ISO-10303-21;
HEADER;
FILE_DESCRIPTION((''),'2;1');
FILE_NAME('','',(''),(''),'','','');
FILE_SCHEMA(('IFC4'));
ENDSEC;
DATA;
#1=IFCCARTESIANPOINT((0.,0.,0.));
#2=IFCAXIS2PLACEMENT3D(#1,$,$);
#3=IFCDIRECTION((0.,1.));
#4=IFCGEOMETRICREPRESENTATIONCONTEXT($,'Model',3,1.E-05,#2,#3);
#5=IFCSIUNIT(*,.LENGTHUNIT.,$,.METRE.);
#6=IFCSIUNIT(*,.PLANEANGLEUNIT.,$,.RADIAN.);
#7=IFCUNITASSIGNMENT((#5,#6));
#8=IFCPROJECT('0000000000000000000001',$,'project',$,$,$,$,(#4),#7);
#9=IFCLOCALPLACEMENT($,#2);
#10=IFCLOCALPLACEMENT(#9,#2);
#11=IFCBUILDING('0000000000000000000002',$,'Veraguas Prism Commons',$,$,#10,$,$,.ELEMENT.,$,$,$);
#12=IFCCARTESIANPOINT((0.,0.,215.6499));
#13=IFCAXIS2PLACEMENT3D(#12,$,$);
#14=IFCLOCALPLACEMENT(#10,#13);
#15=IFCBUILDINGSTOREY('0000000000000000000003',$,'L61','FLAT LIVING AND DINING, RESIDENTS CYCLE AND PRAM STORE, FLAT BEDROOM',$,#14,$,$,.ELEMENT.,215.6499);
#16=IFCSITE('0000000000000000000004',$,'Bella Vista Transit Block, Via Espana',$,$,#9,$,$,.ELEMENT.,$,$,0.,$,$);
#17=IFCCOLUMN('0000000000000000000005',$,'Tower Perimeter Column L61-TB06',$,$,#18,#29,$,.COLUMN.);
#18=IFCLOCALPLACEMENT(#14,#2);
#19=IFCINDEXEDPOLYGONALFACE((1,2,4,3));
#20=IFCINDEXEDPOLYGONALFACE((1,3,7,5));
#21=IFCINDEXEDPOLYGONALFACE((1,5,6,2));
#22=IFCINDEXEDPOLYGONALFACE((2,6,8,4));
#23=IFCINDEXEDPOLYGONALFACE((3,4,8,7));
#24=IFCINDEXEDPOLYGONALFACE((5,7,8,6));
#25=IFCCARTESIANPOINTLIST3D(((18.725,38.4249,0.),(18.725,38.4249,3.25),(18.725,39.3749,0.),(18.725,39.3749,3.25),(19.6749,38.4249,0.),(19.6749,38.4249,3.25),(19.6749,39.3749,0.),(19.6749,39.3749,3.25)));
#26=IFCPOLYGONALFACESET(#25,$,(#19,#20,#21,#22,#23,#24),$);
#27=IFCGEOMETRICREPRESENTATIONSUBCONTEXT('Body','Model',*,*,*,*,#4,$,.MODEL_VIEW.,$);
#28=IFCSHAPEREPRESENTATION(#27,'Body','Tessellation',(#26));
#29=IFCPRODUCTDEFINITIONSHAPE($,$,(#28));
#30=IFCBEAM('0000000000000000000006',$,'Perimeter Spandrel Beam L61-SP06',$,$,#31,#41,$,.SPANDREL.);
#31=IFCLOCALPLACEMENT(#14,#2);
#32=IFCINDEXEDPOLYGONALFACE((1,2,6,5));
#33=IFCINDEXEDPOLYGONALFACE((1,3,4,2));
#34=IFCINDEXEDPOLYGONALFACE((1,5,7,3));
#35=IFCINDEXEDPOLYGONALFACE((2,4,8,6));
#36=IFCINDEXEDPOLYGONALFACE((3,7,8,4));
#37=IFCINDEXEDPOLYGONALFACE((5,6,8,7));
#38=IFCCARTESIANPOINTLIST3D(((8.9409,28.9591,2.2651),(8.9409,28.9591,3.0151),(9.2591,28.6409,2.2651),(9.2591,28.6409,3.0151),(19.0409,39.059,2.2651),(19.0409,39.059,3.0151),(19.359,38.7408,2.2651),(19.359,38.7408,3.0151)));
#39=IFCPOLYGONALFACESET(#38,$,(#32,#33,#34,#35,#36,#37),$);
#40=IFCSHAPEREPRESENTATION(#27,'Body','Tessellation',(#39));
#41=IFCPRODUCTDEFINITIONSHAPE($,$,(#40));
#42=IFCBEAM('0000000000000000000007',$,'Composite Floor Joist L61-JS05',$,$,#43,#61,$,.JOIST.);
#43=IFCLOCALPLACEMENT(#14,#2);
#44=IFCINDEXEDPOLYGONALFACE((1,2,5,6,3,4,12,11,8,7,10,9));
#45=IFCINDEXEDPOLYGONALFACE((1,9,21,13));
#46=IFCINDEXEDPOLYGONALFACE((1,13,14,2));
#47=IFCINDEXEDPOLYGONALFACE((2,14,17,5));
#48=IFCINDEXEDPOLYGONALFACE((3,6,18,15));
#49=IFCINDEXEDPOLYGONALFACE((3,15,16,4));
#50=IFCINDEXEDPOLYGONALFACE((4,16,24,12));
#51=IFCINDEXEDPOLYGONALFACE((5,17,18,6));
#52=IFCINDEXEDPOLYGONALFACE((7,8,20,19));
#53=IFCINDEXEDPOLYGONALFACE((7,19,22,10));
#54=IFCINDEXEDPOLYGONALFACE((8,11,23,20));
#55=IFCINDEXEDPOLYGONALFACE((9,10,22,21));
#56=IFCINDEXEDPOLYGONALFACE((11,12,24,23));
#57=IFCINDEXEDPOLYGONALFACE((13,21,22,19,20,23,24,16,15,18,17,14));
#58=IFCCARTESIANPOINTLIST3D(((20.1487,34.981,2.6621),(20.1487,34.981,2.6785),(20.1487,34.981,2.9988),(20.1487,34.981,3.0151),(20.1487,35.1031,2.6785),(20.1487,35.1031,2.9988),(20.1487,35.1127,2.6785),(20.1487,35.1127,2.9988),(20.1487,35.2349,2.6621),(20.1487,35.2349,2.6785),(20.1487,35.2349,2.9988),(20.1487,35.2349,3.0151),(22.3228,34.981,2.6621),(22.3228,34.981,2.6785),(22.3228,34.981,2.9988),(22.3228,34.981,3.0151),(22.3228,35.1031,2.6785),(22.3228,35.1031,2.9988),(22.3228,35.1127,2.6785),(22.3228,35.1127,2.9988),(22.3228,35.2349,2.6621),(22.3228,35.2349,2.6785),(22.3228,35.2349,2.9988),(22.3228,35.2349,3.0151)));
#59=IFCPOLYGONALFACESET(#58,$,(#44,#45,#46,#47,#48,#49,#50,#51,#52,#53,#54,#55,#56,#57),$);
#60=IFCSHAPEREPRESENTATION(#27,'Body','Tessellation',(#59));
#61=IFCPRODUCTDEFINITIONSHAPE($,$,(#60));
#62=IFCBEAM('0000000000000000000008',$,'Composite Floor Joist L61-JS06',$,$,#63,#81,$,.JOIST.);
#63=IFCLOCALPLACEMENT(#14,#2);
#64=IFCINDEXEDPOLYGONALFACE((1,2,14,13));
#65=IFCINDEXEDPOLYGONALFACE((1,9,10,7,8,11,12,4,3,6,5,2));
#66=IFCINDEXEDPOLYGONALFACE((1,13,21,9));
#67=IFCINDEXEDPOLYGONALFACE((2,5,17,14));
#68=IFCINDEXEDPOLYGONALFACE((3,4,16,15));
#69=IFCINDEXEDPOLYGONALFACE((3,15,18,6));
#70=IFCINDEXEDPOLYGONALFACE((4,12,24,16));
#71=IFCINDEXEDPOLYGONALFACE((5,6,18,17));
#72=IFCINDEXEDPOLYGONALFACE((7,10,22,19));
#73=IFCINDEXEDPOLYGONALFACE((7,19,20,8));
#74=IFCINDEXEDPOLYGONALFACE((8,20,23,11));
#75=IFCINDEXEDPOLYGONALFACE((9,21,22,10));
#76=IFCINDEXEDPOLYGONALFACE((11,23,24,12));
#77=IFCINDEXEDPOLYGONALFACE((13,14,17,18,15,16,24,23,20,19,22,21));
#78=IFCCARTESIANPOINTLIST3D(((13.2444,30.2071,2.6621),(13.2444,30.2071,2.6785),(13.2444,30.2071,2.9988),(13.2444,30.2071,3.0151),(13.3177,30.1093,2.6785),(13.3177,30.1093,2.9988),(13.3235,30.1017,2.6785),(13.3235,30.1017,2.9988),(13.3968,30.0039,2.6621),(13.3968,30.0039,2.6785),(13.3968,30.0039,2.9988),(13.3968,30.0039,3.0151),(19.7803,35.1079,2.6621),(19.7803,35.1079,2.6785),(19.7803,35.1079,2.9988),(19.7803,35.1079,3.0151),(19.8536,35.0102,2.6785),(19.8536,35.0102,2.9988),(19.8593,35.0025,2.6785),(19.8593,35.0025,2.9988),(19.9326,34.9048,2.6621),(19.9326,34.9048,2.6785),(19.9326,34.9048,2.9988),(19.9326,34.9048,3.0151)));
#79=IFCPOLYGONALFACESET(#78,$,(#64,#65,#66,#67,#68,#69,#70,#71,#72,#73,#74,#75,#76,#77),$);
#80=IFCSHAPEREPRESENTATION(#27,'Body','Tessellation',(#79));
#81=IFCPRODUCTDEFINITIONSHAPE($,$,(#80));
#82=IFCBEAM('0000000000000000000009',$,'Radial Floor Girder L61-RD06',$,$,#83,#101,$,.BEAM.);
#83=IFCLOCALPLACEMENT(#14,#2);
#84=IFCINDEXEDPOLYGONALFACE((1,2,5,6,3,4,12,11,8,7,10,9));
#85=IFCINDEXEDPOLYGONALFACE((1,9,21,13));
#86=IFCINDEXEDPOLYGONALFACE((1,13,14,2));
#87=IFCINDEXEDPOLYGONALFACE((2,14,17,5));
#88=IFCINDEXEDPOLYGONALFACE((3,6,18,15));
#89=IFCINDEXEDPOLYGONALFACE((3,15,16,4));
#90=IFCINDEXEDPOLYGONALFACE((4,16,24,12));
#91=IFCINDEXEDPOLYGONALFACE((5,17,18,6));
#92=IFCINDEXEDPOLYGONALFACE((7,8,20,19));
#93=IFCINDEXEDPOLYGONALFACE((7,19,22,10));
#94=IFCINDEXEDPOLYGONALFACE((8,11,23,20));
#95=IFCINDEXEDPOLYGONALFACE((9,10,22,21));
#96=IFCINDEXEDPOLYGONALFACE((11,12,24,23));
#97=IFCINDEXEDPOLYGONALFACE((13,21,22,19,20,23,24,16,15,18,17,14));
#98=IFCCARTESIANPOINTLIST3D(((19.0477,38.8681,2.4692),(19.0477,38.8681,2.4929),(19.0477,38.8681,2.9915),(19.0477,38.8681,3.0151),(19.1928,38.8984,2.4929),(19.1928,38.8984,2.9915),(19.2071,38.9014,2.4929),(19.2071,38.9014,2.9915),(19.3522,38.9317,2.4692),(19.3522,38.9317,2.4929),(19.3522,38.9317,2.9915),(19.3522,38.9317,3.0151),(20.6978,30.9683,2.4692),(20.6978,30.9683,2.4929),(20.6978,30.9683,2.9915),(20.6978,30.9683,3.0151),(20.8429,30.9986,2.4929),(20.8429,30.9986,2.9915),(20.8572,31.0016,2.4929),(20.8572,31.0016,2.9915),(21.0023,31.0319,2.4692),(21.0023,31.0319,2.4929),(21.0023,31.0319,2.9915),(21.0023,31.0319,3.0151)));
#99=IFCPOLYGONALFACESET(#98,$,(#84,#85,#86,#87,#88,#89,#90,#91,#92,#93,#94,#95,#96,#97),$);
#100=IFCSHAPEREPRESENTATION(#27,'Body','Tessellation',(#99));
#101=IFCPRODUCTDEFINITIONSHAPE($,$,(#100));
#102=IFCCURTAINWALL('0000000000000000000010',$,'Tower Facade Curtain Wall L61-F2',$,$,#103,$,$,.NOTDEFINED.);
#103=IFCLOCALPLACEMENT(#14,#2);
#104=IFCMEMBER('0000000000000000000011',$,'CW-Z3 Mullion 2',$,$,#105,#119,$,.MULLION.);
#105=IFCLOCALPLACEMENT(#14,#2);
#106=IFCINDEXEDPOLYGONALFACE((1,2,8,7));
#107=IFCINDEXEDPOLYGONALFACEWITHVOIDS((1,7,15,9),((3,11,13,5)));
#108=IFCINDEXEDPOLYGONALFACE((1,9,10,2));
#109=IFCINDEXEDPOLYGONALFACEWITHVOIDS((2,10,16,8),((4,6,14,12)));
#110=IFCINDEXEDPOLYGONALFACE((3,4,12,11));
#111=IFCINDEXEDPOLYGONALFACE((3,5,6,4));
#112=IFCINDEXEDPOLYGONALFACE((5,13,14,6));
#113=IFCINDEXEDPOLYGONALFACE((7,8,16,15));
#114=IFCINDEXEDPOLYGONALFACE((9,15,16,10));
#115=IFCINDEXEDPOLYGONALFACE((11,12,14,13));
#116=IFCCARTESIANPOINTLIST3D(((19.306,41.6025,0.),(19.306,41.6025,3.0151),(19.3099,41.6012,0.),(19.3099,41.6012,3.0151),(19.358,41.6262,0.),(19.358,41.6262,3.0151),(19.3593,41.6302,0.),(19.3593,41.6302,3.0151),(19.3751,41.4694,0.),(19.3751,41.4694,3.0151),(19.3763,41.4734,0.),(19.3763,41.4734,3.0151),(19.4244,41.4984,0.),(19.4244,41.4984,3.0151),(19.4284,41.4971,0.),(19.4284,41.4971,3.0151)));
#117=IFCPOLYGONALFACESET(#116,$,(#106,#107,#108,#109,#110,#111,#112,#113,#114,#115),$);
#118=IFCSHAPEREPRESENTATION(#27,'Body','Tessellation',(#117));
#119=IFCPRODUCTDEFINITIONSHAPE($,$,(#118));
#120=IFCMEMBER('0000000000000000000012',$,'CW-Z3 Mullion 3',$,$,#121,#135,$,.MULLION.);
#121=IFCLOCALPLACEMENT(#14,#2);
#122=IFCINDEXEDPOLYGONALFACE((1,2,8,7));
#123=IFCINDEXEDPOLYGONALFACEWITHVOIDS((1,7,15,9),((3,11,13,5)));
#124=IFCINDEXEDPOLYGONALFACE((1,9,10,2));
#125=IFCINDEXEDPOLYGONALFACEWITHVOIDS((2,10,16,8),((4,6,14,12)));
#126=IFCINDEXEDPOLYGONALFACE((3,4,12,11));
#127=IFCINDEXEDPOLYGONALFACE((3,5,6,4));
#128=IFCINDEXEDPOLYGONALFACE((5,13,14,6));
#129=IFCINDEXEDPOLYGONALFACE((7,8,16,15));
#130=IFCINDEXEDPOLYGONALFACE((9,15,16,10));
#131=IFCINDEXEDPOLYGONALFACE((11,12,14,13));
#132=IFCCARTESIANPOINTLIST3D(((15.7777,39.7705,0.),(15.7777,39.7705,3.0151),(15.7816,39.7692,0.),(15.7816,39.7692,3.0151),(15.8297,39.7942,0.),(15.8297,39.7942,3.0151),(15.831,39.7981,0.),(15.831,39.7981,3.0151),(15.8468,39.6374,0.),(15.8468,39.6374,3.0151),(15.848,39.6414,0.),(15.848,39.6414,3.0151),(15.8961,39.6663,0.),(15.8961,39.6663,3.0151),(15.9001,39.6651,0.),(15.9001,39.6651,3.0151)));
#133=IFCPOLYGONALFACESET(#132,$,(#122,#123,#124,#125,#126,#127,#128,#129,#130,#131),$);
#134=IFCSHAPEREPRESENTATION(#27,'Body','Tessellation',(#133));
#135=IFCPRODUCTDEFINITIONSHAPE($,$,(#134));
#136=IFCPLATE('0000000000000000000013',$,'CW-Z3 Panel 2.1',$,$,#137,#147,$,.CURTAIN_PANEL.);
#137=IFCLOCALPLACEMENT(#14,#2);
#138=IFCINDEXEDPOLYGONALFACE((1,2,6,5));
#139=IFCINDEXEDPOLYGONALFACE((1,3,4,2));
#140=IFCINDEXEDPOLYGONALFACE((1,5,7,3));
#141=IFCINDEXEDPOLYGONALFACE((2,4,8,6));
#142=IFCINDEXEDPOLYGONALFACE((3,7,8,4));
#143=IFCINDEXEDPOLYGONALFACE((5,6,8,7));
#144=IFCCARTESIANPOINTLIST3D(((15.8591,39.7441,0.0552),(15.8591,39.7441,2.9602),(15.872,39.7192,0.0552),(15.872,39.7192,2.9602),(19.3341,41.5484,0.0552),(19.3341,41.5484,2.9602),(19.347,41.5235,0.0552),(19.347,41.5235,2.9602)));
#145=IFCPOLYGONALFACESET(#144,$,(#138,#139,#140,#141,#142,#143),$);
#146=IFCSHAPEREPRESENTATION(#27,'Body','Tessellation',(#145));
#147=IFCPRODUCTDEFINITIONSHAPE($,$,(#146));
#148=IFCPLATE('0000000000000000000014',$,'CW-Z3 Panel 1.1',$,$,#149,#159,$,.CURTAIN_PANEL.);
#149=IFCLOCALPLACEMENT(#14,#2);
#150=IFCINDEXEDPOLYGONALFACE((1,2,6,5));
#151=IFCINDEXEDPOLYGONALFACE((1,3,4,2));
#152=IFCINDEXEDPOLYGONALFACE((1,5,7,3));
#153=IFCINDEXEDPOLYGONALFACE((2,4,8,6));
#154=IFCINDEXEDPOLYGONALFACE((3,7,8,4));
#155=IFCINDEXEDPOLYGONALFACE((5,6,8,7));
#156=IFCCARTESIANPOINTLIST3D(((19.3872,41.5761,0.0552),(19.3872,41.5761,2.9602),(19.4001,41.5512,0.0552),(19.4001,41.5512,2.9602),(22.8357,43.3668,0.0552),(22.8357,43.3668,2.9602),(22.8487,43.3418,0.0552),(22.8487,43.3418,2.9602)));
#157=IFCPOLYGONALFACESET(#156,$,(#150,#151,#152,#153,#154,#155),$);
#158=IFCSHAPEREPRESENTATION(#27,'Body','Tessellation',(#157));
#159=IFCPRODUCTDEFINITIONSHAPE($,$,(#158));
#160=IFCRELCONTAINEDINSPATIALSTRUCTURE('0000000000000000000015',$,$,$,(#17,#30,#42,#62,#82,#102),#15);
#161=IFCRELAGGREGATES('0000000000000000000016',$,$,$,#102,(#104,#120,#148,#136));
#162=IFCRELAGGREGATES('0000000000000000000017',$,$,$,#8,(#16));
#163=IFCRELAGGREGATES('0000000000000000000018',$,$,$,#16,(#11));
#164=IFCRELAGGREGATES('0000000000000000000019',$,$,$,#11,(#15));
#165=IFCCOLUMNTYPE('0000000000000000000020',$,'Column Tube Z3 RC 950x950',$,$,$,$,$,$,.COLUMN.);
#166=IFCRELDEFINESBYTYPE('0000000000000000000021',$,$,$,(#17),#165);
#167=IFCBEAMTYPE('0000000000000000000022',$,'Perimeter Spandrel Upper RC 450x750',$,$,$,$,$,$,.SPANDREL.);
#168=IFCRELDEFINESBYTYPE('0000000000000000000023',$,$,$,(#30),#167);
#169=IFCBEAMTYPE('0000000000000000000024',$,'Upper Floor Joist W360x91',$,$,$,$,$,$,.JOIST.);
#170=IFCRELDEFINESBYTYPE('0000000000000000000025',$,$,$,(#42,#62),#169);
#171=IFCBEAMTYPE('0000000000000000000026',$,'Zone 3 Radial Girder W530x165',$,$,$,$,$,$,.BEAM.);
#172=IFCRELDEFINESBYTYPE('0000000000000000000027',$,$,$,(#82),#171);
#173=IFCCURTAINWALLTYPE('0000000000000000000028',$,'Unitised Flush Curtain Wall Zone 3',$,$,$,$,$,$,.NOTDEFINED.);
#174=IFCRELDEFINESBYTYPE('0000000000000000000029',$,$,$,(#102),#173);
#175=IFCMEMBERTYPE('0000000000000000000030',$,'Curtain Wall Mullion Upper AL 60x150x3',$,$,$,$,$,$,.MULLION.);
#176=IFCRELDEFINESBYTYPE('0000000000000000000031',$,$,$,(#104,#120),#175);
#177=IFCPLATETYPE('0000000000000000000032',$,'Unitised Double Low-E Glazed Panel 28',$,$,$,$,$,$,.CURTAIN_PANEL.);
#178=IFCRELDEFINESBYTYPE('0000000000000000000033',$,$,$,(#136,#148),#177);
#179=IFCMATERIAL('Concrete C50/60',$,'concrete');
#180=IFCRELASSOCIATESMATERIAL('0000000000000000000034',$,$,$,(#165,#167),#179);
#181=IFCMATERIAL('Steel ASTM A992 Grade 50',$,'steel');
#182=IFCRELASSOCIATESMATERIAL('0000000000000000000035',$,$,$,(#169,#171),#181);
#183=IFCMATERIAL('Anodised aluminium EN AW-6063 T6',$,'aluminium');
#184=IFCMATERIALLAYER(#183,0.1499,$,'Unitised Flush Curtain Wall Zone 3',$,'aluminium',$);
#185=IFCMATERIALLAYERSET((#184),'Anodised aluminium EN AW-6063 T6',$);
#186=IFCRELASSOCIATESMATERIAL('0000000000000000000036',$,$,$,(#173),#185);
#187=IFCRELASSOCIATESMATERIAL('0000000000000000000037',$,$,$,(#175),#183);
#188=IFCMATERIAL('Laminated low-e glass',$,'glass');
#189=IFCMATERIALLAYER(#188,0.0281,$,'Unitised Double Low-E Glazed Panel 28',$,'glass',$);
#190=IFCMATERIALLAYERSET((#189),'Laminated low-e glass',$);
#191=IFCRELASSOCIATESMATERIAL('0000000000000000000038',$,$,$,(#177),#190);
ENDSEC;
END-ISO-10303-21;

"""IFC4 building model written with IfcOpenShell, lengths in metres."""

from ifc_helpers import new_model, si_unit, direction, frame, origin, origin_2d, place, context, subcontext, project, spatial, rectangle, hollow_rectangle, i_section, extrude, source, transform, mapped, material, layer, layer_set, material_profile, profile_set, type_object, element, aggregate, save


model = new_model("IFC4")

# Units and contexts
model_context = context("Model", 3, precision=1e-05, world=origin(), true_north=direction((0.0, 1.0)))
body_context = subcontext(model_context, "Body", "Model", "MODEL_VIEW")
ifc_project = project(units=[si_unit("LENGTHUNIT", "METRE"), si_unit("PLANEANGLEUNIT", "RADIAN")], contexts=[model_context])

# Site, building, storey
site_placement = place(None, origin())
site = spatial("IfcSite", under=ifc_project, at=site_placement, Name="Bella Vista Transit Block, Via Espana", CompositionType="ELEMENT", RefElevation=0.0)
building_placement = place(site_placement, origin())
building = spatial("IfcBuilding", under=site, at=building_placement, Name="Veraguas Prism Commons", CompositionType="ELEMENT")
storey_placement = place(building_placement, frame((0.0, 0.0, 215.6499)))
storey = spatial("IfcBuildingStorey", under=building, at=storey_placement, Name="L61", Description="FLAT LIVING AND DINING, RESIDENTS CYCLE AND PRAM STORE, FLAT BEDROOM", CompositionType="ELEMENT", Elevation=215.6499)

# Column
ifc_material_1 = material(Name="Concrete C50/60", Category="concrete")
ifc_material_profile_1 = material_profile(ifc_material_1, rectangle(XDim=0.95, YDim=0.95, at=origin_2d()), Name="RC950X950")
ifc_profile_set_1 = profile_set([ifc_material_profile_1], Name="Concrete C50/60")
column_type = type_object("IfcColumnType", Name="Column Tube Z3 RC 950x950", PredefinedType="COLUMN", material=ifc_profile_set_1)
column_placement = place(storey_placement, frame((19.2, 38.8999, 0.0), z_axis=(0.0, 0.0, 1.0), x_axis=(1.0, 0.0, 0.0)))
element("IfcColumn", 1, at=column_placement, inside=storey, type_object=column_type, Name="Tower Perimeter Column L61-TB06", PredefinedType="COLUMN", context=body_context, shape_type="SweptSolid", body=[
    extrude(rectangle(XDim=0.95, YDim=0.95, at=origin_2d()), origin(), (0.0, 0.0, 1.0), 3.25),
])

# Beams
ifc_material_profile_2 = material_profile(ifc_material_1, rectangle(XDim=0.45, YDim=0.75, at=origin_2d()), Name="RC450X750")
ifc_profile_set_2 = profile_set([ifc_material_profile_2], Name="Concrete C50/60")
beam_type_1 = type_object("IfcBeamType", Name="Perimeter Spandrel Upper RC 450x750", PredefinedType="SPANDREL", material=ifc_profile_set_2)
beam_1_placement = place(storey_placement, frame((19.2, 38.8999, 2.6401), z_axis=(-0.707107, -0.707107, 0.0), x_axis=(0.707107, -0.707107, 0.0)))
element("IfcBeam", 2, at=beam_1_placement, inside=storey, type_object=beam_type_1, Name="Perimeter Spandrel Beam L61-SP06", PredefinedType="SPANDREL", context=body_context, shape_type="SweptSolid", body=[
    extrude(rectangle(XDim=0.45, YDim=0.75, at=origin_2d()), origin(), (0.0, 0.0, 1.0), 14.2834),
])
ifc_material_2 = material(Name="Steel ASTM A992 Grade 50", Category="steel")
ifc_material_profile_3 = material_profile(ifc_material_2, i_section(OverallWidth=0.2539, OverallDepth=0.353, WebThickness=0.0095, FlangeThickness=0.0164, at=origin_2d()), Name="W360X91")
ifc_profile_set_3 = profile_set([ifc_material_profile_3], Name="Steel ASTM A992 Grade 50")
beam_type_2 = type_object("IfcBeamType", Name="Upper Floor Joist W360x91", PredefinedType="JOIST", material=ifc_profile_set_3)
beam_2_placement = place(storey_placement, frame((22.3228, 35.1079, 2.8386), z_axis=(-1.0, 0.0, 0.0), x_axis=(0.0, -1.0, 0.0)))
element("IfcBeam", 3, at=beam_2_placement, inside=storey, type_object=beam_type_2, Name="Composite Floor Joist L61-JS05", PredefinedType="JOIST", context=body_context, shape_type="SweptSolid", body=[
    extrude(i_section(OverallWidth=0.2539, OverallDepth=0.353, WebThickness=0.0095, FlangeThickness=0.0164, at=origin_2d()), origin(), (0.0, 0.0, 1.0), 2.1741),
])
beam_3_placement = place(storey_placement, frame((19.8564, 35.0063, 2.8386), z_axis=(-0.800061, -0.599919, 0.0), x_axis=(0.599919, -0.800061, 0.0)))
element("IfcBeam", 4, at=beam_3_placement, inside=storey, type_object=beam_type_2, Name="Composite Floor Joist L61-JS06", PredefinedType="JOIST", context=body_context, shape_type="SweptSolid", body=[
    extrude(i_section(OverallWidth=0.2539, OverallDepth=0.353, WebThickness=0.0095, FlangeThickness=0.0164, at=origin_2d()), origin(), (0.0, 0.0, 1.0), 8.1692),
])
ifc_material_profile_4 = material_profile(ifc_material_2, i_section(OverallWidth=0.311, OverallDepth=0.5459, WebThickness=0.0146, FlangeThickness=0.0237, at=origin_2d()), Name="W530X165")
ifc_profile_set_4 = profile_set([ifc_material_profile_4], Name="Steel ASTM A992 Grade 50")
beam_type_3 = type_object("IfcBeamType", Name="Zone 3 Radial Girder W530x165", PredefinedType="BEAM", material=ifc_profile_set_4)
beam_4_placement = place(storey_placement, frame((19.2, 38.8999, 2.7422), z_axis=(0.204469, -0.978873, 0.0), x_axis=(0.978873, 0.204469, 0.0)))
element("IfcBeam", 5, at=beam_4_placement, inside=storey, type_object=beam_type_3, Name="Radial Floor Girder L61-RD06", PredefinedType="BEAM", context=body_context, shape_type="SweptSolid", body=[
    extrude(i_section(OverallWidth=0.311, OverallDepth=0.5459, WebThickness=0.0146, FlangeThickness=0.0237, at=origin_2d()), origin(), (0.0, 0.0, 1.0), 8.0703),
])

# Curtain wall, members, plates
ifc_material_3 = material(Name="Anodised aluminium EN AW-6063 T6", Category="aluminium")
ifc_layer_1 = layer(ifc_material_3, 0.1499, Name="Unitised Flush Curtain Wall Zone 3", Category="aluminium")
ifc_layer_set_1 = layer_set([ifc_layer_1], Name="Anodised aluminium EN AW-6063 T6")
curtain_wall_type = type_object("IfcCurtainWallType", Name="Unitised Flush Curtain Wall Zone 3", PredefinedType="NOTDEFINED", material=ifc_layer_set_1)
curtain_wall_placement = place(storey_placement, origin())
curtain_wall = element("IfcCurtainWall", 6, at=curtain_wall_placement, inside=storey, type_object=curtain_wall_type, Name="Tower Facade Curtain Wall L61-F2", PredefinedType="NOTDEFINED")
ifc_material_profile_5 = material_profile(ifc_material_3, hollow_rectangle(XDim=0.0601, YDim=0.1499, WallThickness=0.0029, at=origin_2d()), Name="AL60X150X3")
ifc_profile_set_5 = profile_set([ifc_material_profile_5], Name="Anodised aluminium EN AW-6063 T6")
member_type = type_object("IfcMemberType", Name="Curtain Wall Mullion Upper AL 60x150x3", PredefinedType="MULLION", material=ifc_profile_set_5)
shared_shape_1 = source(origin(), body_context, "Body", "SweptSolid", [
    extrude(hollow_rectangle(XDim=0.0601, YDim=0.1499, WallThickness=0.0029, at=origin_2d()), origin(), (0.0, 0.0, 1.0), 3.0151),
])
member_1_placement = place(storey_placement, frame((19.3672, 41.5498, 0.0), z_axis=(0.0, 0.0, 1.0), x_axis=(-0.887494, -0.460819, 0.0)))
member_1 = element("IfcMember", 7, at=member_1_placement, type_object=member_type, Name="CW-Z3 Mullion 2", PredefinedType="MULLION", context=body_context, shape_type="MappedRepresentation", body=[
    mapped(shared_shape_1, transform((0.0, 0.0, 0.0), scale=1.0)),
])
member_2_placement = place(storey_placement, frame((15.8389, 39.7178, 0.0), z_axis=(0.0, 0.0, 1.0), x_axis=(-0.887494, -0.460819, 0.0)))
member_2 = element("IfcMember", 8, at=member_2_placement, type_object=member_type, Name="CW-Z3 Mullion 3", PredefinedType="MULLION", context=body_context, shape_type="MappedRepresentation", body=[
    mapped(shared_shape_1, transform((0.0, 0.0, 0.0), scale=1.0)),
])
ifc_material_4 = material(Name="Laminated low-e glass", Category="glass")
ifc_layer_2 = layer(ifc_material_4, 0.0281, Name="Unitised Double Low-E Glazed Panel 28", Category="glass")
ifc_layer_set_2 = layer_set([ifc_layer_2], Name="Laminated low-e glass")
plate_type = type_object("IfcPlateType", Name="Unitised Double Low-E Glazed Panel 28", PredefinedType="CURTAIN_PANEL", material=ifc_layer_set_2)
shared_shape_2 = source(origin(), body_context, "Body", "SweptSolid", [
    extrude(rectangle(XDim=3.9155, YDim=0.0281, at=origin_2d()), origin(), (0.0, 0.0, 1.0), 2.905),
])
plate_1_placement = place(storey_placement, frame((17.603, 40.6338, 0.0552), z_axis=(0.0, 0.0, 1.0), x_axis=(-0.887494, -0.460819, 0.0)))
plate_1 = element("IfcPlate", 9, at=plate_1_placement, type_object=plate_type, Name="CW-Z3 Panel 2.1", PredefinedType="CURTAIN_PANEL", context=body_context, shape_type="MappedRepresentation", body=[
    mapped(shared_shape_2, transform((0.0, 0.0, 0.0), scale=1.0)),
])
shared_shape_3 = source(origin(), body_context, "Body", "SweptSolid", [
    extrude(rectangle(XDim=3.8857, YDim=0.0281, at=origin_2d()), origin(), (0.0, 0.0, 1.0), 2.905),
])
plate_2_placement = place(storey_placement, frame((21.1179, 42.459, 0.0552), z_axis=(0.0, 0.0, 1.0), x_axis=(-0.887494, -0.460819, 0.0)))
plate_2 = element("IfcPlate", 10, at=plate_2_placement, type_object=plate_type, Name="CW-Z3 Panel 1.1", PredefinedType="CURTAIN_PANEL", context=body_context, shape_type="MappedRepresentation", body=[
    mapped(shared_shape_3, transform((0.0, 0.0, 0.0), scale=1.0)),
])
aggregate(curtain_wall, [member_1, member_2, plate_2, plate_1])

save(model, "model.ifc")
